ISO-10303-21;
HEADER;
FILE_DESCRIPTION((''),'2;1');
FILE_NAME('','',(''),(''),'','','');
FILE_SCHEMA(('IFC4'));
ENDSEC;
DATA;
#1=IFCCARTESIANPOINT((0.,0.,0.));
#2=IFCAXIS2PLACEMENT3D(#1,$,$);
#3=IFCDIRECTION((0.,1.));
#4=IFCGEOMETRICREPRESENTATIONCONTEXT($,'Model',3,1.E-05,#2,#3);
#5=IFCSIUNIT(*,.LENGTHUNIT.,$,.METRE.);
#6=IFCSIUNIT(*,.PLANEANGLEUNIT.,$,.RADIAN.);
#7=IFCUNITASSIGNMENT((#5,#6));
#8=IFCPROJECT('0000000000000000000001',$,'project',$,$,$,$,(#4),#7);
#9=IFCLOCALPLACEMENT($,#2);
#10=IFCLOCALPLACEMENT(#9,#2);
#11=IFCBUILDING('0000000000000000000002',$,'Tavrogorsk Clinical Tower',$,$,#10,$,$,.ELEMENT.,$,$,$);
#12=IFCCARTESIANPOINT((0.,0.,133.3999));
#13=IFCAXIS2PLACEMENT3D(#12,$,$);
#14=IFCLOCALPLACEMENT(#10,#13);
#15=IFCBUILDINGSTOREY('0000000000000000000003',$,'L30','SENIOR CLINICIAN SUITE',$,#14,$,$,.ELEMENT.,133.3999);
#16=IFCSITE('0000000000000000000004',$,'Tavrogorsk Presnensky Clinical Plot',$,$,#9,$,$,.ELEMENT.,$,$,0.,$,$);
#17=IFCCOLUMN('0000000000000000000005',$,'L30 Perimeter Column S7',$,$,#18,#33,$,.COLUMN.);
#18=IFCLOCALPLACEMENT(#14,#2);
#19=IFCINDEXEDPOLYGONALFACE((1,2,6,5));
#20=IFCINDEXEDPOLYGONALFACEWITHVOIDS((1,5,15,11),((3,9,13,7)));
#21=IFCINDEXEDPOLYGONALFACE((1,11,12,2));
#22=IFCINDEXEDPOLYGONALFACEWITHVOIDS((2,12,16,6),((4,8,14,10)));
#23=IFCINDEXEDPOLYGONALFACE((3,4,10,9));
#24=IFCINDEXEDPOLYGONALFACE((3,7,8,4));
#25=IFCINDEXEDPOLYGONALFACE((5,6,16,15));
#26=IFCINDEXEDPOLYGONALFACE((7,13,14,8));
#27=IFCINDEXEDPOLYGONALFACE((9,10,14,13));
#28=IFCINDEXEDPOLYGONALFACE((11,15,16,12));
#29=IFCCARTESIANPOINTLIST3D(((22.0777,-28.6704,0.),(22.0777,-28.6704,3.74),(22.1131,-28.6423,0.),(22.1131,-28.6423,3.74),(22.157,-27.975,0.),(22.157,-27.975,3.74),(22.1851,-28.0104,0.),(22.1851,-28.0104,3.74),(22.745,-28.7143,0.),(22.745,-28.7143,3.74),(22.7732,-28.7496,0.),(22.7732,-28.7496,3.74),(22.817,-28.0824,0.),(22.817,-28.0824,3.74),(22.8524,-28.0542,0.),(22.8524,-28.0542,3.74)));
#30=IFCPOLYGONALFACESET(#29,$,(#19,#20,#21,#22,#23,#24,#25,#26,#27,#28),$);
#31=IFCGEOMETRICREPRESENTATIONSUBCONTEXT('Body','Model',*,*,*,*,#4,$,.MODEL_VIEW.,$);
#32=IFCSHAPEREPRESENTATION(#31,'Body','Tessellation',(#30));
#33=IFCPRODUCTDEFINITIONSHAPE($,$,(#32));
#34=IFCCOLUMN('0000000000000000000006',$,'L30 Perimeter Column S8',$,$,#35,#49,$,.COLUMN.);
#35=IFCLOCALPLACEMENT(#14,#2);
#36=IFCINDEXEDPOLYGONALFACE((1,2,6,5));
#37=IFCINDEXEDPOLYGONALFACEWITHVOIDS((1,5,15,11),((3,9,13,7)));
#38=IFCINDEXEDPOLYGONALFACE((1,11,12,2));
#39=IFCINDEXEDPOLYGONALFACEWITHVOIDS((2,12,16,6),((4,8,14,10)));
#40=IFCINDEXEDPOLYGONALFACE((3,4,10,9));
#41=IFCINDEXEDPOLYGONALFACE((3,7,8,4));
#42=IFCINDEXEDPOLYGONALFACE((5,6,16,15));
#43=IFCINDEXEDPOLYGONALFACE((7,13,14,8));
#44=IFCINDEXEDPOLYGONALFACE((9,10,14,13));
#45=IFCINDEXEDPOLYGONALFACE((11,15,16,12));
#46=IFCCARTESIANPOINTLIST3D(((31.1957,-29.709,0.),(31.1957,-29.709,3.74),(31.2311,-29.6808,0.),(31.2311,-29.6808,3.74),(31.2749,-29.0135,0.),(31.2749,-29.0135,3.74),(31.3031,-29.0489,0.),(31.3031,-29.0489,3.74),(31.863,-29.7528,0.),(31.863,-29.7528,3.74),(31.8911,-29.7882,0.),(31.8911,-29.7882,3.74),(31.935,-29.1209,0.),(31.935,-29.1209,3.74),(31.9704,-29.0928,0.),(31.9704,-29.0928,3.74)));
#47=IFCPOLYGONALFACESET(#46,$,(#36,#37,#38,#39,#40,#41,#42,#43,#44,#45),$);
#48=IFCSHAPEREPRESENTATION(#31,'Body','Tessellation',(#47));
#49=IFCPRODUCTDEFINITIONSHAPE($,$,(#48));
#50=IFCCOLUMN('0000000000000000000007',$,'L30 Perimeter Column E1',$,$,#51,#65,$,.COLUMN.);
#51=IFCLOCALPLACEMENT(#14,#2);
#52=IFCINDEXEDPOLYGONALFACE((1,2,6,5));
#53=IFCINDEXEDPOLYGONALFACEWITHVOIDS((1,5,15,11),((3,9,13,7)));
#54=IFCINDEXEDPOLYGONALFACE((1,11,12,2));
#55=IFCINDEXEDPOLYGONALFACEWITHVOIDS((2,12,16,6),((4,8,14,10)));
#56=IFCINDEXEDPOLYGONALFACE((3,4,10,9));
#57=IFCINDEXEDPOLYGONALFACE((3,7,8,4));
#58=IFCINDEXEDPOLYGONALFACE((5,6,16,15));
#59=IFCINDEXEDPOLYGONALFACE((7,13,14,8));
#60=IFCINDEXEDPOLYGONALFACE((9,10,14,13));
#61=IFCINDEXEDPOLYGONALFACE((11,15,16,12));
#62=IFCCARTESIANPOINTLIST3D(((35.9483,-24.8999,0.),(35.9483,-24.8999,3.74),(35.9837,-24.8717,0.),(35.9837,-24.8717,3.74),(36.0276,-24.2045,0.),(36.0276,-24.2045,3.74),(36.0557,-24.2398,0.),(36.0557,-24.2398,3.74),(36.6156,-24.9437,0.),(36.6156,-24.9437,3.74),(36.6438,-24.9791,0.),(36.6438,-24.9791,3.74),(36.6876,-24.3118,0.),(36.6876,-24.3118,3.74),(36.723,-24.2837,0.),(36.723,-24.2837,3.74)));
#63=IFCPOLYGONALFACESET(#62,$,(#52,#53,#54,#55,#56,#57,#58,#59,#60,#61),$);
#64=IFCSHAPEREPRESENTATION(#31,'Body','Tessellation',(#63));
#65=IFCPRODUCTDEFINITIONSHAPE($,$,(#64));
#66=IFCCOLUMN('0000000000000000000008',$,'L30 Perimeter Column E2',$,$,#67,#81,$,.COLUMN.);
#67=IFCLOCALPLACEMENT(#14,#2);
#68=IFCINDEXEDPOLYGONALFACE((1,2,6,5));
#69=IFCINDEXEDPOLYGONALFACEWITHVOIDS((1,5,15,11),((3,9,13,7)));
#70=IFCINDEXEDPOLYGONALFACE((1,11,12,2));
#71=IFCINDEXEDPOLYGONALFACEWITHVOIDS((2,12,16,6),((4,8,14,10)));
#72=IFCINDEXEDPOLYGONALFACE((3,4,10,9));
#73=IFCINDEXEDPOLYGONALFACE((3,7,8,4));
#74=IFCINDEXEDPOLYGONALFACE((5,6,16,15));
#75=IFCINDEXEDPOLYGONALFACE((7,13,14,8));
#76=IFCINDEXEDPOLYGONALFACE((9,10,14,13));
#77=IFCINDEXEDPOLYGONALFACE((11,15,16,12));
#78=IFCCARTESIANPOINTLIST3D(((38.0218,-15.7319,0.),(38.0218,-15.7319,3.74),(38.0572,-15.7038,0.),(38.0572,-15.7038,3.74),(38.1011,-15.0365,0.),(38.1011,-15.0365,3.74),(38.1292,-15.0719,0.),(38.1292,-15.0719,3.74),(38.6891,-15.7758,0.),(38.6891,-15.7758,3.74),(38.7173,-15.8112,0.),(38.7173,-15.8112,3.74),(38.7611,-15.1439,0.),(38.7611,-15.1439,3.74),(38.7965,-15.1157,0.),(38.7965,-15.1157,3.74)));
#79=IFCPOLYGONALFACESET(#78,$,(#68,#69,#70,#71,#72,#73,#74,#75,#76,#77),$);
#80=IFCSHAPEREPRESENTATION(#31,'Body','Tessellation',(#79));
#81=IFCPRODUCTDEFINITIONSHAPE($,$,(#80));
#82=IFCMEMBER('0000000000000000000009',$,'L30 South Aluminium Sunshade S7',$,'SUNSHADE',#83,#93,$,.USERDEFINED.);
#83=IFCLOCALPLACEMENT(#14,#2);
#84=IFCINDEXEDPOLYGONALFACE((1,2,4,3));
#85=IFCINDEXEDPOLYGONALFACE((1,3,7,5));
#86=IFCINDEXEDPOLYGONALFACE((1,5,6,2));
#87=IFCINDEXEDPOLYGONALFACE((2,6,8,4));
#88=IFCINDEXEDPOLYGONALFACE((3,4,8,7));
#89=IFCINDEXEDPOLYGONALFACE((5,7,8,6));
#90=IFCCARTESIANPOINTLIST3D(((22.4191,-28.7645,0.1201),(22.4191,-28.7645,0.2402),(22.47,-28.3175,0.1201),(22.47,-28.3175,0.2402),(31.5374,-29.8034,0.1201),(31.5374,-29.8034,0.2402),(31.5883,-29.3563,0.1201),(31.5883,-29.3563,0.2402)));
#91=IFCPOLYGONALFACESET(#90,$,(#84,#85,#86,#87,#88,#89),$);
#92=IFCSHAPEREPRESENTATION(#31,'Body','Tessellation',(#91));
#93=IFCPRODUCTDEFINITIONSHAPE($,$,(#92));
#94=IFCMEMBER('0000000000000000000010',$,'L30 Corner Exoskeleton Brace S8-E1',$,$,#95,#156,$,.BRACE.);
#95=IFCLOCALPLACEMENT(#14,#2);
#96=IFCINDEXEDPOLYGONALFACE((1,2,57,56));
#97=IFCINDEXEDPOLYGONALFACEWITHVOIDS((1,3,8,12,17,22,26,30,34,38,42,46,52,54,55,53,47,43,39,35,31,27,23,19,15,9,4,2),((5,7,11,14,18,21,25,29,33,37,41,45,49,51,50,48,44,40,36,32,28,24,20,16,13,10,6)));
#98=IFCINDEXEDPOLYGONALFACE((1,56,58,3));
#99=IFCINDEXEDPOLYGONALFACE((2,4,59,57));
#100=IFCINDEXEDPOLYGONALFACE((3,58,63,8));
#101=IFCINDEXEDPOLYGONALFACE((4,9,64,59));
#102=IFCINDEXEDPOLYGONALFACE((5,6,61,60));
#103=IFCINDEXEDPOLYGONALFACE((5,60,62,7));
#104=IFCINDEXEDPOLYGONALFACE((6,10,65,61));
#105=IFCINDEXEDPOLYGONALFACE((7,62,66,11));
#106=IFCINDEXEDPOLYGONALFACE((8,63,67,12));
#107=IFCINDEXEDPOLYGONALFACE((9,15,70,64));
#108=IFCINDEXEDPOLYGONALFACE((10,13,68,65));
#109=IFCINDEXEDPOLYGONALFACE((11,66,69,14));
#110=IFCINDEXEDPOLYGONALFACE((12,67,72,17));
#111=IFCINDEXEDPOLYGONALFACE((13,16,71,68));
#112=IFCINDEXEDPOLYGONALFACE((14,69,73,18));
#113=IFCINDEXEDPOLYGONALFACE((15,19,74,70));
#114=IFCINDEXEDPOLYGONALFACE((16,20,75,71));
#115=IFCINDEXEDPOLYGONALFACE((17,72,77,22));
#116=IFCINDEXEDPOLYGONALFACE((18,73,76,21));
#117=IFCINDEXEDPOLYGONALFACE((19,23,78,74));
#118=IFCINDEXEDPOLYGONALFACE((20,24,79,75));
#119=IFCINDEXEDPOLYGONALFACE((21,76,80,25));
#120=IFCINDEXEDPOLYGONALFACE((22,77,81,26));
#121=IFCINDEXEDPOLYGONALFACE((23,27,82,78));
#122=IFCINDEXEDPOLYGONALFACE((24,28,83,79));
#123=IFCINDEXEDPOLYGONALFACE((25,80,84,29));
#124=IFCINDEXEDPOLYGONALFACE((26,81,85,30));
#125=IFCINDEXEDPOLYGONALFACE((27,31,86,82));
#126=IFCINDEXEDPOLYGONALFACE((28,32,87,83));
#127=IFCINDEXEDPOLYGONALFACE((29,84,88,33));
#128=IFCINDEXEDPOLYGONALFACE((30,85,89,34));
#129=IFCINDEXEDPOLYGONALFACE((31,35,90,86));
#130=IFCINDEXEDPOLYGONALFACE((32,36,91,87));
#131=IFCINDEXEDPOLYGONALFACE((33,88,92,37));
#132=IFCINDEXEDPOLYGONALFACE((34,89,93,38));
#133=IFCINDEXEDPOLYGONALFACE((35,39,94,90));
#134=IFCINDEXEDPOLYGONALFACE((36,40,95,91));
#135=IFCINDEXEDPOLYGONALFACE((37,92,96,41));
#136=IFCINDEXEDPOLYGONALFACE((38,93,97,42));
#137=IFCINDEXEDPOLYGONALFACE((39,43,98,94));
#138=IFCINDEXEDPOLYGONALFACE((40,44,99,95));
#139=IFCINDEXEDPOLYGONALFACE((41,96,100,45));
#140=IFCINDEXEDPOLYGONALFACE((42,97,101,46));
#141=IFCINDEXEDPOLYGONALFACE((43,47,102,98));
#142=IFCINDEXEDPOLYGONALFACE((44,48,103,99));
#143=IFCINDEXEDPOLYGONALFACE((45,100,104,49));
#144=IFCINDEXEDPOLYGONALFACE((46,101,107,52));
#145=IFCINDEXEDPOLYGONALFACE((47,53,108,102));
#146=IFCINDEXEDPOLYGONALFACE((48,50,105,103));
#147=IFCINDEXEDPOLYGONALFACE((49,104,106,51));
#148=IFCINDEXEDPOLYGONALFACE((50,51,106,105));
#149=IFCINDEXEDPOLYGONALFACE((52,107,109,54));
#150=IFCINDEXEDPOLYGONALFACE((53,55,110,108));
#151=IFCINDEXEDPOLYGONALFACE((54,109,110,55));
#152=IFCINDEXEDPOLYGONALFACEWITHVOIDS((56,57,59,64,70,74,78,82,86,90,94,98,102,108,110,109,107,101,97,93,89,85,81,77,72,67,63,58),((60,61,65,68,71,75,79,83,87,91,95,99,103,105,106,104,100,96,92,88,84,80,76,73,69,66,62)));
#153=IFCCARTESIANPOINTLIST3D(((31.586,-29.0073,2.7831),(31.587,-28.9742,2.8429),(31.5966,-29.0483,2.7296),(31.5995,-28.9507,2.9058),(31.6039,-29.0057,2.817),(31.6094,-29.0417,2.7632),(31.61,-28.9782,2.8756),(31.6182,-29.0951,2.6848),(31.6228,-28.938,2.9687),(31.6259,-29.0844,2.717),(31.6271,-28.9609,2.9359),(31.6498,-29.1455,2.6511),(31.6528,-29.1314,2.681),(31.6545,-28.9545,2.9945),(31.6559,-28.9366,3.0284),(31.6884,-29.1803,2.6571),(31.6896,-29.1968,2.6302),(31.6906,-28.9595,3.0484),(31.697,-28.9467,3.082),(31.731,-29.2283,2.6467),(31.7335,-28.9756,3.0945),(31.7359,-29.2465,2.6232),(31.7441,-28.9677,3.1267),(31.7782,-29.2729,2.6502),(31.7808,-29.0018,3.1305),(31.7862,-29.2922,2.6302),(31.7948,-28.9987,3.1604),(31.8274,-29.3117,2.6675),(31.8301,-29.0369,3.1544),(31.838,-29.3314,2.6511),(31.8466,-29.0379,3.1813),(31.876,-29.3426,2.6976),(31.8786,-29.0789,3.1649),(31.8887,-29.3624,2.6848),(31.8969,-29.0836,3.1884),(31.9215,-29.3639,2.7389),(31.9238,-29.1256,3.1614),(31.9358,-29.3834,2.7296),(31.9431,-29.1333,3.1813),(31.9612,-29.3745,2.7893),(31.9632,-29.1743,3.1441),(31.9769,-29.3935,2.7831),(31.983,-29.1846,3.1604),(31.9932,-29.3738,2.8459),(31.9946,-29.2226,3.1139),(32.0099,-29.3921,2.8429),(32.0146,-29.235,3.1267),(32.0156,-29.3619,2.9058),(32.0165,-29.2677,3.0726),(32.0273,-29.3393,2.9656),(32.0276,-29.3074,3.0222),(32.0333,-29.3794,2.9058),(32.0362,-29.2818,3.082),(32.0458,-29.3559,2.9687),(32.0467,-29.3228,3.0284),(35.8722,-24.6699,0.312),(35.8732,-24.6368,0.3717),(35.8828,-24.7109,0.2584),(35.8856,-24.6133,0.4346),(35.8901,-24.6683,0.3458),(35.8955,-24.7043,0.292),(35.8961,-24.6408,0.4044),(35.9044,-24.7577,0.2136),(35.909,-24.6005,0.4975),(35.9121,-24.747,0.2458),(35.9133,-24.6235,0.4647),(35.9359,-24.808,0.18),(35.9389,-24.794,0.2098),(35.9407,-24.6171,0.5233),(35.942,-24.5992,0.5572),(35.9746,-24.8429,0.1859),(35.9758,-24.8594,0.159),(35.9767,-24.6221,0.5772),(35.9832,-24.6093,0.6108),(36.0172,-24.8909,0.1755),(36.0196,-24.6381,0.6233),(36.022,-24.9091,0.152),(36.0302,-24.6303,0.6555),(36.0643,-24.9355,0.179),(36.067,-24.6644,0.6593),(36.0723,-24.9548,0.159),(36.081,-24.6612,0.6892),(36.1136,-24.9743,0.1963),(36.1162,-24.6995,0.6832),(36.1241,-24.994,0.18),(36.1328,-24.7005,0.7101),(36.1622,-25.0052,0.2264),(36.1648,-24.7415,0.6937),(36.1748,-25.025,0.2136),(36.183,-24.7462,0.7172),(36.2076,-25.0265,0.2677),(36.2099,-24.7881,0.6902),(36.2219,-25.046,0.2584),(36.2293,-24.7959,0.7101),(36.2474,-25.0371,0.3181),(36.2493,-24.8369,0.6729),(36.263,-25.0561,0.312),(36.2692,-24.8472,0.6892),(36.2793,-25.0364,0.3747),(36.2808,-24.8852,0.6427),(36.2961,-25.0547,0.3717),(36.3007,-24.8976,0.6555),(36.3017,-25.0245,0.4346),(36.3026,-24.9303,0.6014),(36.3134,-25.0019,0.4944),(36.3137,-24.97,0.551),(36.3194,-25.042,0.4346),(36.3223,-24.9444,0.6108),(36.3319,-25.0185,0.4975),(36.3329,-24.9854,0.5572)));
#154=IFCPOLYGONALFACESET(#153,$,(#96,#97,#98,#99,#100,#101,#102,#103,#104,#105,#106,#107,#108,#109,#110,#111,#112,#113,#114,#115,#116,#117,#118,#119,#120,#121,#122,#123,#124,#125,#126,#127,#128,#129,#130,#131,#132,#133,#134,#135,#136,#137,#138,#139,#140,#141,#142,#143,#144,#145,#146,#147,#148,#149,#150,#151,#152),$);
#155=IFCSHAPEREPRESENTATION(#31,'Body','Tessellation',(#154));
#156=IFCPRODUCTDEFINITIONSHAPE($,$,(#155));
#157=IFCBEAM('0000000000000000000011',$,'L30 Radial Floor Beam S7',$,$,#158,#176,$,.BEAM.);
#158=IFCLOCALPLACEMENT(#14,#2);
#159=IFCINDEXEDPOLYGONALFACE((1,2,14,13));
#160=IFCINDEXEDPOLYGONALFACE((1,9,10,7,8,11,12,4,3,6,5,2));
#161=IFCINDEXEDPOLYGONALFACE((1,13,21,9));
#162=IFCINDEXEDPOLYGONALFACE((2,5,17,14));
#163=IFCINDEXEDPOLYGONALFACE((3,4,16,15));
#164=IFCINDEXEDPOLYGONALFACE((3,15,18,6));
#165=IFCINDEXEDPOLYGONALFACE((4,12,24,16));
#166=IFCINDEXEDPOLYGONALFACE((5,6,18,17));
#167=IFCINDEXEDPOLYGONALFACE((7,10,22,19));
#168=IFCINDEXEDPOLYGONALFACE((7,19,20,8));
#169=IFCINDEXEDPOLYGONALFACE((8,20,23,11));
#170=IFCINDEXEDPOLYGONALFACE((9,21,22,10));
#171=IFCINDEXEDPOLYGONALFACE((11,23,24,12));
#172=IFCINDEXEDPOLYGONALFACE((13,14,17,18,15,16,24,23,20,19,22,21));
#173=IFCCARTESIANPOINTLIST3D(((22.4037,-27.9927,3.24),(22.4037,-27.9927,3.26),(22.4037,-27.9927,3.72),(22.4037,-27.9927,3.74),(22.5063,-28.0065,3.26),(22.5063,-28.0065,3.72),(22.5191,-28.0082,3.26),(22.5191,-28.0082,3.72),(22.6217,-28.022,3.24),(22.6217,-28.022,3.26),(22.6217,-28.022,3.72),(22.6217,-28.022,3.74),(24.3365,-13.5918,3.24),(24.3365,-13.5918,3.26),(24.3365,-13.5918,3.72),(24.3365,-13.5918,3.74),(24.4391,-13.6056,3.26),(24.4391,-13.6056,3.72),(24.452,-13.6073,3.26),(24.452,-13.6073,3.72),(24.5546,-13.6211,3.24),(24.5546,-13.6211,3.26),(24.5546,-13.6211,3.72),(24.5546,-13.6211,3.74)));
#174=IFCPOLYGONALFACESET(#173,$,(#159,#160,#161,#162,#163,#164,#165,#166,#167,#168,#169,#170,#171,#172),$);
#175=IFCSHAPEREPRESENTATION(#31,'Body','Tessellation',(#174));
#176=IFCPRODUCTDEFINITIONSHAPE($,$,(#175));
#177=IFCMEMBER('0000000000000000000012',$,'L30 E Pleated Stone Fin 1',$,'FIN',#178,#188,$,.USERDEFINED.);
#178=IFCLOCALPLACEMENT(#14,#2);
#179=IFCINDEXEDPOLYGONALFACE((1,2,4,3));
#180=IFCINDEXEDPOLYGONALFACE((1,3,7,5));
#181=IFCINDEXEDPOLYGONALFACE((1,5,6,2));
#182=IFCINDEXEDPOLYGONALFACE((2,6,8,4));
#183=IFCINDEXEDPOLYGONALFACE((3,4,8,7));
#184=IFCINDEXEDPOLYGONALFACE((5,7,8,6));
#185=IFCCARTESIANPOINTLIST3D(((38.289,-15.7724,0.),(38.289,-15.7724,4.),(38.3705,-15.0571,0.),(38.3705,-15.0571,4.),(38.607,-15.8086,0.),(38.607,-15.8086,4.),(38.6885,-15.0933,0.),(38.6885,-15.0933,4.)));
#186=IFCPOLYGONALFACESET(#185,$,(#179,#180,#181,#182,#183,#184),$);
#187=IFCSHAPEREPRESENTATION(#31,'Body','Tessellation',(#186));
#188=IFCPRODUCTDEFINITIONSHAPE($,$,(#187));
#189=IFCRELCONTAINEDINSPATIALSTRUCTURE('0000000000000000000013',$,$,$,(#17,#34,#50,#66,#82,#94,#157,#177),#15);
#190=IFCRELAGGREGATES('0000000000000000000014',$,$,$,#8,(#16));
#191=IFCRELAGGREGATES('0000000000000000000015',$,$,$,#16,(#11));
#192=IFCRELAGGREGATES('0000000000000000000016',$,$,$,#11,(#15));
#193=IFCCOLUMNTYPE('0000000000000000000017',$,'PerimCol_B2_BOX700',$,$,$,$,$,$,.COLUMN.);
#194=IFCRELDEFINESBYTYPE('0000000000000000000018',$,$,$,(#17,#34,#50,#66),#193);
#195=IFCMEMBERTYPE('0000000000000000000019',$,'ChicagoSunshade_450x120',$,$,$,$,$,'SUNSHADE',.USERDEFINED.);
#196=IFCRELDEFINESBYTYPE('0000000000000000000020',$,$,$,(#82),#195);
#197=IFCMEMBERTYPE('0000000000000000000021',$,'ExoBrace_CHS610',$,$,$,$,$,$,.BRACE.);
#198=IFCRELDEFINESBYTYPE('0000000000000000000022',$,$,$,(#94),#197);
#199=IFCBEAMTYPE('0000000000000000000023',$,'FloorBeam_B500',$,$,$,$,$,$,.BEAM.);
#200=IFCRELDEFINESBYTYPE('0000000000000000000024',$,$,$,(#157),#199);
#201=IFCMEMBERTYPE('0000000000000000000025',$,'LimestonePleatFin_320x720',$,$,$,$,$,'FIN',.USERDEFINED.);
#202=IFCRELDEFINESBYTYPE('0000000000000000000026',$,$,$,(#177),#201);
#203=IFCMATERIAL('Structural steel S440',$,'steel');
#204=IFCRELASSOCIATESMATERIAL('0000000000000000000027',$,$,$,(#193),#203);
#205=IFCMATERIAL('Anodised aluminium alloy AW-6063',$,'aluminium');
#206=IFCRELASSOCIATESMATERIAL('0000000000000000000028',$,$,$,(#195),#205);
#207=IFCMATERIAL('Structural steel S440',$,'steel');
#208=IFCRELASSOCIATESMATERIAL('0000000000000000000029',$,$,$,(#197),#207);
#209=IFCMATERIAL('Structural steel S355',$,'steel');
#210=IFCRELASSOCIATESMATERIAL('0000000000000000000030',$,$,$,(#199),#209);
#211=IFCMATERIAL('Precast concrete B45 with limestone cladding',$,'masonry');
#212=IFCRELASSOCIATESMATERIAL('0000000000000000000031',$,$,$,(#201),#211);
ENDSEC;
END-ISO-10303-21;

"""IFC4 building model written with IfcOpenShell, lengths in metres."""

from ifc_helpers import new_model, si_unit, direction, frame, origin, origin_2d, place, context, subcontext, project, spatial, rectangle, hollow_rectangle, hollow_circle, i_section, extrude, material, material_profile, profile_set, type_object, element, save


model = new_model("IFC4")

# Units and contexts
model_context = context("Model", 3, precision=1e-05, world=origin(), true_north=direction((0.0, 1.0)))
body_context = subcontext(model_context, "Body", "Model", "MODEL_VIEW")
ifc_project = project(units=[si_unit("LENGTHUNIT", "METRE"), si_unit("PLANEANGLEUNIT", "RADIAN")], contexts=[model_context])

# Site, building, storey
site_placement = place(None, origin())
site = spatial("IfcSite", under=ifc_project, at=site_placement, Name="Tavrogorsk Presnensky Clinical Plot", CompositionType="ELEMENT", RefElevation=0.0)
building_placement = place(site_placement, origin())
building = spatial("IfcBuilding", under=site, at=building_placement, Name="Tavrogorsk Clinical Tower", CompositionType="ELEMENT")
storey_placement = place(building_placement, frame((0.0, 0.0, 133.3999)))
storey = spatial("IfcBuildingStorey", under=building, at=storey_placement, Name="L30", Description="SENIOR CLINICIAN SUITE", CompositionType="ELEMENT", Elevation=133.3999)

# Columns
ifc_material_1 = material(Name="Structural steel S440", Category="steel")
ifc_material_profile_1 = material_profile(ifc_material_1, hollow_rectangle(XDim=0.7, YDim=0.7, WallThickness=0.032, at=origin_2d()), Name="BOX-700x700x32")
ifc_profile_set_1 = profile_set([ifc_material_profile_1], Name="Structural steel S440")
column_type = type_object("IfcColumnType", Name="PerimCol_B2_BOX700", PredefinedType="COLUMN", material=ifc_profile_set_1)
for number, where, z_axis, x_axis, name in (
    (1, (22.4651, -28.3623, 0.0), (0.0, 0.0, 1.0), (0.993572, -0.113203, 0.0), "L30 Perimeter Column S7"),
    (2, (31.583, -29.4009, 0.0), (0.0, 0.0, 1.0), (0.993572, -0.113203, 0.0), "L30 Perimeter Column S8"),
    (3, (36.3357, -24.5918, 0.0), (0.0, 0.0, 1.0), (0.993572, -0.113203, 0.0), "L30 Perimeter Column E1"),
    (4, (38.4092, -15.4238, 0.0), (0.0, 0.0, 1.0), (0.993572, -0.113203, 0.0), "L30 Perimeter Column E2"),
):
    element("IfcColumn", number, at=place(storey_placement, frame(where, z_axis=z_axis, x_axis=x_axis)), inside=storey, type_object=column_type, Name=name, PredefinedType="COLUMN", context=body_context, shape_type="SweptSolid", body=[
        extrude(hollow_rectangle(XDim=0.7, YDim=0.7, WallThickness=0.032, at=origin_2d()), origin(), (0.0, 0.0, 1.0), 3.74),
    ])

# Members
ifc_material_2 = material(Name="Anodised aluminium alloy AW-6063", Category="aluminium")
ifc_material_profile_2 = material_profile(ifc_material_2, rectangle(XDim=0.45, YDim=0.1201, at=origin_2d()), Name="ALU-SUNSHADE-450x120")
ifc_profile_set_2 = profile_set([ifc_material_profile_2], Name="Anodised aluminium alloy AW-6063")
member_type_1 = type_object("IfcMemberType", Name="ChicagoSunshade_450x120", ElementType="SUNSHADE", PredefinedType="USERDEFINED", material=ifc_profile_set_2)
member_1_placement = place(storey_placement, frame((22.4446, -28.541, 0.1802), z_axis=(0.993573, -0.113196, 0.0), x_axis=(0.113196, 0.993573, 0.0)))
element("IfcMember", 5, at=member_1_placement, inside=storey, type_object=member_type_1, Name="L30 South Aluminium Sunshade S7", ObjectType="SUNSHADE", PredefinedType="USERDEFINED", context=body_context, shape_type="SweptSolid", body=[
    extrude(rectangle(XDim=0.45, YDim=0.1201, at=origin_2d()), origin(), (0.0, 0.0, 1.0), 9.1772),
])
ifc_material_3 = material(Name="Structural steel S440", Category="steel")
ifc_material_profile_3 = material_profile(ifc_material_3, hollow_circle(Radius=0.3049, WallThickness=0.0249, at=origin_2d()), Name="CHS-610x25")
ifc_profile_set_3 = profile_set([ifc_material_profile_3], Name="Structural steel S440")
member_type_2 = type_object("IfcMemberType", Name="ExoBrace_CHS610", PredefinedType="BRACE", material=ifc_profile_set_3)
member_2_placement = place(storey_placement, frame((36.1025, -24.8276, 0.4346), z_axis=(-0.65143, -0.659222, 0.375585), x_axis=(0.711298, -0.70289, 0.0)))
element("IfcMember", 6, at=member_2_placement, inside=storey, type_object=member_type_2, Name="L30 Corner Exoskeleton Brace S8-E1", PredefinedType="BRACE", context=body_context, shape_type="SweptSolid", body=[
    extrude(hollow_circle(Radius=0.3049, WallThickness=0.0249, at=origin_2d()), origin(), (0.0, 0.0, 1.0), 6.5796),
])

# Beam
ifc_material_4 = material(Name="Structural steel S355", Category="steel")
ifc_material_profile_4 = material_profile(ifc_material_4, i_section(OverallWidth=0.22, OverallDepth=0.5, WebThickness=0.0129, FlangeThickness=0.02, at=origin_2d()), Name="B-500x220x13x20")
ifc_profile_set_4 = profile_set([ifc_material_profile_4], Name="Structural steel S355")
beam_type_1 = type_object("IfcBeamType", Name="FloorBeam_B500", PredefinedType="BEAM", material=ifc_profile_set_4)
beam_1_placement = place(storey_placement, frame((24.4456, -13.6064, 3.49), z_axis=(-0.133025, -0.991113, 0.0), x_axis=(0.991113, -0.133025, 0.0)))
element("IfcBeam", 7, at=beam_1_placement, inside=storey, type_object=beam_type_1, Name="L30 Radial Floor Beam S7", PredefinedType="BEAM", context=body_context, shape_type="SweptSolid", body=[
    extrude(i_section(OverallWidth=0.22, OverallDepth=0.5, WebThickness=0.0129, FlangeThickness=0.02, at=origin_2d()), origin(), (0.0, 0.0, 1.0), 14.53),
])

# Member
ifc_material_5 = material(Name="Precast concrete B45 with limestone cladding", Category="masonry")
ifc_material_profile_5 = material_profile(ifc_material_5, rectangle(XDim=0.3201, YDim=0.72, at=origin_2d()), Name="LIMESTONE-FIN-320x720")
ifc_profile_set_5 = profile_set([ifc_material_profile_5], Name="Precast concrete B45 with limestone cladding")
member_type_3 = type_object("IfcMemberType", Name="LimestonePleatFin_320x720", ElementType="FIN", PredefinedType="USERDEFINED", material=ifc_profile_set_5)
member_3_placement = place(storey_placement, frame((38.4888, -15.4329, 0.0), z_axis=(0.0, 0.0, 1.0), x_axis=(0.993572, -0.113203, 0.0)))
element("IfcMember", 8, at=member_3_placement, inside=storey, type_object=member_type_3, Name="L30 E Pleated Stone Fin 1", ObjectType="FIN", PredefinedType="USERDEFINED", context=body_context, shape_type="SweptSolid", body=[
    extrude(rectangle(XDim=0.3201, YDim=0.72, at=origin_2d()), origin(), (0.0, 0.0, 1.0), 4.0),
])

save(model, "model.ifc")
